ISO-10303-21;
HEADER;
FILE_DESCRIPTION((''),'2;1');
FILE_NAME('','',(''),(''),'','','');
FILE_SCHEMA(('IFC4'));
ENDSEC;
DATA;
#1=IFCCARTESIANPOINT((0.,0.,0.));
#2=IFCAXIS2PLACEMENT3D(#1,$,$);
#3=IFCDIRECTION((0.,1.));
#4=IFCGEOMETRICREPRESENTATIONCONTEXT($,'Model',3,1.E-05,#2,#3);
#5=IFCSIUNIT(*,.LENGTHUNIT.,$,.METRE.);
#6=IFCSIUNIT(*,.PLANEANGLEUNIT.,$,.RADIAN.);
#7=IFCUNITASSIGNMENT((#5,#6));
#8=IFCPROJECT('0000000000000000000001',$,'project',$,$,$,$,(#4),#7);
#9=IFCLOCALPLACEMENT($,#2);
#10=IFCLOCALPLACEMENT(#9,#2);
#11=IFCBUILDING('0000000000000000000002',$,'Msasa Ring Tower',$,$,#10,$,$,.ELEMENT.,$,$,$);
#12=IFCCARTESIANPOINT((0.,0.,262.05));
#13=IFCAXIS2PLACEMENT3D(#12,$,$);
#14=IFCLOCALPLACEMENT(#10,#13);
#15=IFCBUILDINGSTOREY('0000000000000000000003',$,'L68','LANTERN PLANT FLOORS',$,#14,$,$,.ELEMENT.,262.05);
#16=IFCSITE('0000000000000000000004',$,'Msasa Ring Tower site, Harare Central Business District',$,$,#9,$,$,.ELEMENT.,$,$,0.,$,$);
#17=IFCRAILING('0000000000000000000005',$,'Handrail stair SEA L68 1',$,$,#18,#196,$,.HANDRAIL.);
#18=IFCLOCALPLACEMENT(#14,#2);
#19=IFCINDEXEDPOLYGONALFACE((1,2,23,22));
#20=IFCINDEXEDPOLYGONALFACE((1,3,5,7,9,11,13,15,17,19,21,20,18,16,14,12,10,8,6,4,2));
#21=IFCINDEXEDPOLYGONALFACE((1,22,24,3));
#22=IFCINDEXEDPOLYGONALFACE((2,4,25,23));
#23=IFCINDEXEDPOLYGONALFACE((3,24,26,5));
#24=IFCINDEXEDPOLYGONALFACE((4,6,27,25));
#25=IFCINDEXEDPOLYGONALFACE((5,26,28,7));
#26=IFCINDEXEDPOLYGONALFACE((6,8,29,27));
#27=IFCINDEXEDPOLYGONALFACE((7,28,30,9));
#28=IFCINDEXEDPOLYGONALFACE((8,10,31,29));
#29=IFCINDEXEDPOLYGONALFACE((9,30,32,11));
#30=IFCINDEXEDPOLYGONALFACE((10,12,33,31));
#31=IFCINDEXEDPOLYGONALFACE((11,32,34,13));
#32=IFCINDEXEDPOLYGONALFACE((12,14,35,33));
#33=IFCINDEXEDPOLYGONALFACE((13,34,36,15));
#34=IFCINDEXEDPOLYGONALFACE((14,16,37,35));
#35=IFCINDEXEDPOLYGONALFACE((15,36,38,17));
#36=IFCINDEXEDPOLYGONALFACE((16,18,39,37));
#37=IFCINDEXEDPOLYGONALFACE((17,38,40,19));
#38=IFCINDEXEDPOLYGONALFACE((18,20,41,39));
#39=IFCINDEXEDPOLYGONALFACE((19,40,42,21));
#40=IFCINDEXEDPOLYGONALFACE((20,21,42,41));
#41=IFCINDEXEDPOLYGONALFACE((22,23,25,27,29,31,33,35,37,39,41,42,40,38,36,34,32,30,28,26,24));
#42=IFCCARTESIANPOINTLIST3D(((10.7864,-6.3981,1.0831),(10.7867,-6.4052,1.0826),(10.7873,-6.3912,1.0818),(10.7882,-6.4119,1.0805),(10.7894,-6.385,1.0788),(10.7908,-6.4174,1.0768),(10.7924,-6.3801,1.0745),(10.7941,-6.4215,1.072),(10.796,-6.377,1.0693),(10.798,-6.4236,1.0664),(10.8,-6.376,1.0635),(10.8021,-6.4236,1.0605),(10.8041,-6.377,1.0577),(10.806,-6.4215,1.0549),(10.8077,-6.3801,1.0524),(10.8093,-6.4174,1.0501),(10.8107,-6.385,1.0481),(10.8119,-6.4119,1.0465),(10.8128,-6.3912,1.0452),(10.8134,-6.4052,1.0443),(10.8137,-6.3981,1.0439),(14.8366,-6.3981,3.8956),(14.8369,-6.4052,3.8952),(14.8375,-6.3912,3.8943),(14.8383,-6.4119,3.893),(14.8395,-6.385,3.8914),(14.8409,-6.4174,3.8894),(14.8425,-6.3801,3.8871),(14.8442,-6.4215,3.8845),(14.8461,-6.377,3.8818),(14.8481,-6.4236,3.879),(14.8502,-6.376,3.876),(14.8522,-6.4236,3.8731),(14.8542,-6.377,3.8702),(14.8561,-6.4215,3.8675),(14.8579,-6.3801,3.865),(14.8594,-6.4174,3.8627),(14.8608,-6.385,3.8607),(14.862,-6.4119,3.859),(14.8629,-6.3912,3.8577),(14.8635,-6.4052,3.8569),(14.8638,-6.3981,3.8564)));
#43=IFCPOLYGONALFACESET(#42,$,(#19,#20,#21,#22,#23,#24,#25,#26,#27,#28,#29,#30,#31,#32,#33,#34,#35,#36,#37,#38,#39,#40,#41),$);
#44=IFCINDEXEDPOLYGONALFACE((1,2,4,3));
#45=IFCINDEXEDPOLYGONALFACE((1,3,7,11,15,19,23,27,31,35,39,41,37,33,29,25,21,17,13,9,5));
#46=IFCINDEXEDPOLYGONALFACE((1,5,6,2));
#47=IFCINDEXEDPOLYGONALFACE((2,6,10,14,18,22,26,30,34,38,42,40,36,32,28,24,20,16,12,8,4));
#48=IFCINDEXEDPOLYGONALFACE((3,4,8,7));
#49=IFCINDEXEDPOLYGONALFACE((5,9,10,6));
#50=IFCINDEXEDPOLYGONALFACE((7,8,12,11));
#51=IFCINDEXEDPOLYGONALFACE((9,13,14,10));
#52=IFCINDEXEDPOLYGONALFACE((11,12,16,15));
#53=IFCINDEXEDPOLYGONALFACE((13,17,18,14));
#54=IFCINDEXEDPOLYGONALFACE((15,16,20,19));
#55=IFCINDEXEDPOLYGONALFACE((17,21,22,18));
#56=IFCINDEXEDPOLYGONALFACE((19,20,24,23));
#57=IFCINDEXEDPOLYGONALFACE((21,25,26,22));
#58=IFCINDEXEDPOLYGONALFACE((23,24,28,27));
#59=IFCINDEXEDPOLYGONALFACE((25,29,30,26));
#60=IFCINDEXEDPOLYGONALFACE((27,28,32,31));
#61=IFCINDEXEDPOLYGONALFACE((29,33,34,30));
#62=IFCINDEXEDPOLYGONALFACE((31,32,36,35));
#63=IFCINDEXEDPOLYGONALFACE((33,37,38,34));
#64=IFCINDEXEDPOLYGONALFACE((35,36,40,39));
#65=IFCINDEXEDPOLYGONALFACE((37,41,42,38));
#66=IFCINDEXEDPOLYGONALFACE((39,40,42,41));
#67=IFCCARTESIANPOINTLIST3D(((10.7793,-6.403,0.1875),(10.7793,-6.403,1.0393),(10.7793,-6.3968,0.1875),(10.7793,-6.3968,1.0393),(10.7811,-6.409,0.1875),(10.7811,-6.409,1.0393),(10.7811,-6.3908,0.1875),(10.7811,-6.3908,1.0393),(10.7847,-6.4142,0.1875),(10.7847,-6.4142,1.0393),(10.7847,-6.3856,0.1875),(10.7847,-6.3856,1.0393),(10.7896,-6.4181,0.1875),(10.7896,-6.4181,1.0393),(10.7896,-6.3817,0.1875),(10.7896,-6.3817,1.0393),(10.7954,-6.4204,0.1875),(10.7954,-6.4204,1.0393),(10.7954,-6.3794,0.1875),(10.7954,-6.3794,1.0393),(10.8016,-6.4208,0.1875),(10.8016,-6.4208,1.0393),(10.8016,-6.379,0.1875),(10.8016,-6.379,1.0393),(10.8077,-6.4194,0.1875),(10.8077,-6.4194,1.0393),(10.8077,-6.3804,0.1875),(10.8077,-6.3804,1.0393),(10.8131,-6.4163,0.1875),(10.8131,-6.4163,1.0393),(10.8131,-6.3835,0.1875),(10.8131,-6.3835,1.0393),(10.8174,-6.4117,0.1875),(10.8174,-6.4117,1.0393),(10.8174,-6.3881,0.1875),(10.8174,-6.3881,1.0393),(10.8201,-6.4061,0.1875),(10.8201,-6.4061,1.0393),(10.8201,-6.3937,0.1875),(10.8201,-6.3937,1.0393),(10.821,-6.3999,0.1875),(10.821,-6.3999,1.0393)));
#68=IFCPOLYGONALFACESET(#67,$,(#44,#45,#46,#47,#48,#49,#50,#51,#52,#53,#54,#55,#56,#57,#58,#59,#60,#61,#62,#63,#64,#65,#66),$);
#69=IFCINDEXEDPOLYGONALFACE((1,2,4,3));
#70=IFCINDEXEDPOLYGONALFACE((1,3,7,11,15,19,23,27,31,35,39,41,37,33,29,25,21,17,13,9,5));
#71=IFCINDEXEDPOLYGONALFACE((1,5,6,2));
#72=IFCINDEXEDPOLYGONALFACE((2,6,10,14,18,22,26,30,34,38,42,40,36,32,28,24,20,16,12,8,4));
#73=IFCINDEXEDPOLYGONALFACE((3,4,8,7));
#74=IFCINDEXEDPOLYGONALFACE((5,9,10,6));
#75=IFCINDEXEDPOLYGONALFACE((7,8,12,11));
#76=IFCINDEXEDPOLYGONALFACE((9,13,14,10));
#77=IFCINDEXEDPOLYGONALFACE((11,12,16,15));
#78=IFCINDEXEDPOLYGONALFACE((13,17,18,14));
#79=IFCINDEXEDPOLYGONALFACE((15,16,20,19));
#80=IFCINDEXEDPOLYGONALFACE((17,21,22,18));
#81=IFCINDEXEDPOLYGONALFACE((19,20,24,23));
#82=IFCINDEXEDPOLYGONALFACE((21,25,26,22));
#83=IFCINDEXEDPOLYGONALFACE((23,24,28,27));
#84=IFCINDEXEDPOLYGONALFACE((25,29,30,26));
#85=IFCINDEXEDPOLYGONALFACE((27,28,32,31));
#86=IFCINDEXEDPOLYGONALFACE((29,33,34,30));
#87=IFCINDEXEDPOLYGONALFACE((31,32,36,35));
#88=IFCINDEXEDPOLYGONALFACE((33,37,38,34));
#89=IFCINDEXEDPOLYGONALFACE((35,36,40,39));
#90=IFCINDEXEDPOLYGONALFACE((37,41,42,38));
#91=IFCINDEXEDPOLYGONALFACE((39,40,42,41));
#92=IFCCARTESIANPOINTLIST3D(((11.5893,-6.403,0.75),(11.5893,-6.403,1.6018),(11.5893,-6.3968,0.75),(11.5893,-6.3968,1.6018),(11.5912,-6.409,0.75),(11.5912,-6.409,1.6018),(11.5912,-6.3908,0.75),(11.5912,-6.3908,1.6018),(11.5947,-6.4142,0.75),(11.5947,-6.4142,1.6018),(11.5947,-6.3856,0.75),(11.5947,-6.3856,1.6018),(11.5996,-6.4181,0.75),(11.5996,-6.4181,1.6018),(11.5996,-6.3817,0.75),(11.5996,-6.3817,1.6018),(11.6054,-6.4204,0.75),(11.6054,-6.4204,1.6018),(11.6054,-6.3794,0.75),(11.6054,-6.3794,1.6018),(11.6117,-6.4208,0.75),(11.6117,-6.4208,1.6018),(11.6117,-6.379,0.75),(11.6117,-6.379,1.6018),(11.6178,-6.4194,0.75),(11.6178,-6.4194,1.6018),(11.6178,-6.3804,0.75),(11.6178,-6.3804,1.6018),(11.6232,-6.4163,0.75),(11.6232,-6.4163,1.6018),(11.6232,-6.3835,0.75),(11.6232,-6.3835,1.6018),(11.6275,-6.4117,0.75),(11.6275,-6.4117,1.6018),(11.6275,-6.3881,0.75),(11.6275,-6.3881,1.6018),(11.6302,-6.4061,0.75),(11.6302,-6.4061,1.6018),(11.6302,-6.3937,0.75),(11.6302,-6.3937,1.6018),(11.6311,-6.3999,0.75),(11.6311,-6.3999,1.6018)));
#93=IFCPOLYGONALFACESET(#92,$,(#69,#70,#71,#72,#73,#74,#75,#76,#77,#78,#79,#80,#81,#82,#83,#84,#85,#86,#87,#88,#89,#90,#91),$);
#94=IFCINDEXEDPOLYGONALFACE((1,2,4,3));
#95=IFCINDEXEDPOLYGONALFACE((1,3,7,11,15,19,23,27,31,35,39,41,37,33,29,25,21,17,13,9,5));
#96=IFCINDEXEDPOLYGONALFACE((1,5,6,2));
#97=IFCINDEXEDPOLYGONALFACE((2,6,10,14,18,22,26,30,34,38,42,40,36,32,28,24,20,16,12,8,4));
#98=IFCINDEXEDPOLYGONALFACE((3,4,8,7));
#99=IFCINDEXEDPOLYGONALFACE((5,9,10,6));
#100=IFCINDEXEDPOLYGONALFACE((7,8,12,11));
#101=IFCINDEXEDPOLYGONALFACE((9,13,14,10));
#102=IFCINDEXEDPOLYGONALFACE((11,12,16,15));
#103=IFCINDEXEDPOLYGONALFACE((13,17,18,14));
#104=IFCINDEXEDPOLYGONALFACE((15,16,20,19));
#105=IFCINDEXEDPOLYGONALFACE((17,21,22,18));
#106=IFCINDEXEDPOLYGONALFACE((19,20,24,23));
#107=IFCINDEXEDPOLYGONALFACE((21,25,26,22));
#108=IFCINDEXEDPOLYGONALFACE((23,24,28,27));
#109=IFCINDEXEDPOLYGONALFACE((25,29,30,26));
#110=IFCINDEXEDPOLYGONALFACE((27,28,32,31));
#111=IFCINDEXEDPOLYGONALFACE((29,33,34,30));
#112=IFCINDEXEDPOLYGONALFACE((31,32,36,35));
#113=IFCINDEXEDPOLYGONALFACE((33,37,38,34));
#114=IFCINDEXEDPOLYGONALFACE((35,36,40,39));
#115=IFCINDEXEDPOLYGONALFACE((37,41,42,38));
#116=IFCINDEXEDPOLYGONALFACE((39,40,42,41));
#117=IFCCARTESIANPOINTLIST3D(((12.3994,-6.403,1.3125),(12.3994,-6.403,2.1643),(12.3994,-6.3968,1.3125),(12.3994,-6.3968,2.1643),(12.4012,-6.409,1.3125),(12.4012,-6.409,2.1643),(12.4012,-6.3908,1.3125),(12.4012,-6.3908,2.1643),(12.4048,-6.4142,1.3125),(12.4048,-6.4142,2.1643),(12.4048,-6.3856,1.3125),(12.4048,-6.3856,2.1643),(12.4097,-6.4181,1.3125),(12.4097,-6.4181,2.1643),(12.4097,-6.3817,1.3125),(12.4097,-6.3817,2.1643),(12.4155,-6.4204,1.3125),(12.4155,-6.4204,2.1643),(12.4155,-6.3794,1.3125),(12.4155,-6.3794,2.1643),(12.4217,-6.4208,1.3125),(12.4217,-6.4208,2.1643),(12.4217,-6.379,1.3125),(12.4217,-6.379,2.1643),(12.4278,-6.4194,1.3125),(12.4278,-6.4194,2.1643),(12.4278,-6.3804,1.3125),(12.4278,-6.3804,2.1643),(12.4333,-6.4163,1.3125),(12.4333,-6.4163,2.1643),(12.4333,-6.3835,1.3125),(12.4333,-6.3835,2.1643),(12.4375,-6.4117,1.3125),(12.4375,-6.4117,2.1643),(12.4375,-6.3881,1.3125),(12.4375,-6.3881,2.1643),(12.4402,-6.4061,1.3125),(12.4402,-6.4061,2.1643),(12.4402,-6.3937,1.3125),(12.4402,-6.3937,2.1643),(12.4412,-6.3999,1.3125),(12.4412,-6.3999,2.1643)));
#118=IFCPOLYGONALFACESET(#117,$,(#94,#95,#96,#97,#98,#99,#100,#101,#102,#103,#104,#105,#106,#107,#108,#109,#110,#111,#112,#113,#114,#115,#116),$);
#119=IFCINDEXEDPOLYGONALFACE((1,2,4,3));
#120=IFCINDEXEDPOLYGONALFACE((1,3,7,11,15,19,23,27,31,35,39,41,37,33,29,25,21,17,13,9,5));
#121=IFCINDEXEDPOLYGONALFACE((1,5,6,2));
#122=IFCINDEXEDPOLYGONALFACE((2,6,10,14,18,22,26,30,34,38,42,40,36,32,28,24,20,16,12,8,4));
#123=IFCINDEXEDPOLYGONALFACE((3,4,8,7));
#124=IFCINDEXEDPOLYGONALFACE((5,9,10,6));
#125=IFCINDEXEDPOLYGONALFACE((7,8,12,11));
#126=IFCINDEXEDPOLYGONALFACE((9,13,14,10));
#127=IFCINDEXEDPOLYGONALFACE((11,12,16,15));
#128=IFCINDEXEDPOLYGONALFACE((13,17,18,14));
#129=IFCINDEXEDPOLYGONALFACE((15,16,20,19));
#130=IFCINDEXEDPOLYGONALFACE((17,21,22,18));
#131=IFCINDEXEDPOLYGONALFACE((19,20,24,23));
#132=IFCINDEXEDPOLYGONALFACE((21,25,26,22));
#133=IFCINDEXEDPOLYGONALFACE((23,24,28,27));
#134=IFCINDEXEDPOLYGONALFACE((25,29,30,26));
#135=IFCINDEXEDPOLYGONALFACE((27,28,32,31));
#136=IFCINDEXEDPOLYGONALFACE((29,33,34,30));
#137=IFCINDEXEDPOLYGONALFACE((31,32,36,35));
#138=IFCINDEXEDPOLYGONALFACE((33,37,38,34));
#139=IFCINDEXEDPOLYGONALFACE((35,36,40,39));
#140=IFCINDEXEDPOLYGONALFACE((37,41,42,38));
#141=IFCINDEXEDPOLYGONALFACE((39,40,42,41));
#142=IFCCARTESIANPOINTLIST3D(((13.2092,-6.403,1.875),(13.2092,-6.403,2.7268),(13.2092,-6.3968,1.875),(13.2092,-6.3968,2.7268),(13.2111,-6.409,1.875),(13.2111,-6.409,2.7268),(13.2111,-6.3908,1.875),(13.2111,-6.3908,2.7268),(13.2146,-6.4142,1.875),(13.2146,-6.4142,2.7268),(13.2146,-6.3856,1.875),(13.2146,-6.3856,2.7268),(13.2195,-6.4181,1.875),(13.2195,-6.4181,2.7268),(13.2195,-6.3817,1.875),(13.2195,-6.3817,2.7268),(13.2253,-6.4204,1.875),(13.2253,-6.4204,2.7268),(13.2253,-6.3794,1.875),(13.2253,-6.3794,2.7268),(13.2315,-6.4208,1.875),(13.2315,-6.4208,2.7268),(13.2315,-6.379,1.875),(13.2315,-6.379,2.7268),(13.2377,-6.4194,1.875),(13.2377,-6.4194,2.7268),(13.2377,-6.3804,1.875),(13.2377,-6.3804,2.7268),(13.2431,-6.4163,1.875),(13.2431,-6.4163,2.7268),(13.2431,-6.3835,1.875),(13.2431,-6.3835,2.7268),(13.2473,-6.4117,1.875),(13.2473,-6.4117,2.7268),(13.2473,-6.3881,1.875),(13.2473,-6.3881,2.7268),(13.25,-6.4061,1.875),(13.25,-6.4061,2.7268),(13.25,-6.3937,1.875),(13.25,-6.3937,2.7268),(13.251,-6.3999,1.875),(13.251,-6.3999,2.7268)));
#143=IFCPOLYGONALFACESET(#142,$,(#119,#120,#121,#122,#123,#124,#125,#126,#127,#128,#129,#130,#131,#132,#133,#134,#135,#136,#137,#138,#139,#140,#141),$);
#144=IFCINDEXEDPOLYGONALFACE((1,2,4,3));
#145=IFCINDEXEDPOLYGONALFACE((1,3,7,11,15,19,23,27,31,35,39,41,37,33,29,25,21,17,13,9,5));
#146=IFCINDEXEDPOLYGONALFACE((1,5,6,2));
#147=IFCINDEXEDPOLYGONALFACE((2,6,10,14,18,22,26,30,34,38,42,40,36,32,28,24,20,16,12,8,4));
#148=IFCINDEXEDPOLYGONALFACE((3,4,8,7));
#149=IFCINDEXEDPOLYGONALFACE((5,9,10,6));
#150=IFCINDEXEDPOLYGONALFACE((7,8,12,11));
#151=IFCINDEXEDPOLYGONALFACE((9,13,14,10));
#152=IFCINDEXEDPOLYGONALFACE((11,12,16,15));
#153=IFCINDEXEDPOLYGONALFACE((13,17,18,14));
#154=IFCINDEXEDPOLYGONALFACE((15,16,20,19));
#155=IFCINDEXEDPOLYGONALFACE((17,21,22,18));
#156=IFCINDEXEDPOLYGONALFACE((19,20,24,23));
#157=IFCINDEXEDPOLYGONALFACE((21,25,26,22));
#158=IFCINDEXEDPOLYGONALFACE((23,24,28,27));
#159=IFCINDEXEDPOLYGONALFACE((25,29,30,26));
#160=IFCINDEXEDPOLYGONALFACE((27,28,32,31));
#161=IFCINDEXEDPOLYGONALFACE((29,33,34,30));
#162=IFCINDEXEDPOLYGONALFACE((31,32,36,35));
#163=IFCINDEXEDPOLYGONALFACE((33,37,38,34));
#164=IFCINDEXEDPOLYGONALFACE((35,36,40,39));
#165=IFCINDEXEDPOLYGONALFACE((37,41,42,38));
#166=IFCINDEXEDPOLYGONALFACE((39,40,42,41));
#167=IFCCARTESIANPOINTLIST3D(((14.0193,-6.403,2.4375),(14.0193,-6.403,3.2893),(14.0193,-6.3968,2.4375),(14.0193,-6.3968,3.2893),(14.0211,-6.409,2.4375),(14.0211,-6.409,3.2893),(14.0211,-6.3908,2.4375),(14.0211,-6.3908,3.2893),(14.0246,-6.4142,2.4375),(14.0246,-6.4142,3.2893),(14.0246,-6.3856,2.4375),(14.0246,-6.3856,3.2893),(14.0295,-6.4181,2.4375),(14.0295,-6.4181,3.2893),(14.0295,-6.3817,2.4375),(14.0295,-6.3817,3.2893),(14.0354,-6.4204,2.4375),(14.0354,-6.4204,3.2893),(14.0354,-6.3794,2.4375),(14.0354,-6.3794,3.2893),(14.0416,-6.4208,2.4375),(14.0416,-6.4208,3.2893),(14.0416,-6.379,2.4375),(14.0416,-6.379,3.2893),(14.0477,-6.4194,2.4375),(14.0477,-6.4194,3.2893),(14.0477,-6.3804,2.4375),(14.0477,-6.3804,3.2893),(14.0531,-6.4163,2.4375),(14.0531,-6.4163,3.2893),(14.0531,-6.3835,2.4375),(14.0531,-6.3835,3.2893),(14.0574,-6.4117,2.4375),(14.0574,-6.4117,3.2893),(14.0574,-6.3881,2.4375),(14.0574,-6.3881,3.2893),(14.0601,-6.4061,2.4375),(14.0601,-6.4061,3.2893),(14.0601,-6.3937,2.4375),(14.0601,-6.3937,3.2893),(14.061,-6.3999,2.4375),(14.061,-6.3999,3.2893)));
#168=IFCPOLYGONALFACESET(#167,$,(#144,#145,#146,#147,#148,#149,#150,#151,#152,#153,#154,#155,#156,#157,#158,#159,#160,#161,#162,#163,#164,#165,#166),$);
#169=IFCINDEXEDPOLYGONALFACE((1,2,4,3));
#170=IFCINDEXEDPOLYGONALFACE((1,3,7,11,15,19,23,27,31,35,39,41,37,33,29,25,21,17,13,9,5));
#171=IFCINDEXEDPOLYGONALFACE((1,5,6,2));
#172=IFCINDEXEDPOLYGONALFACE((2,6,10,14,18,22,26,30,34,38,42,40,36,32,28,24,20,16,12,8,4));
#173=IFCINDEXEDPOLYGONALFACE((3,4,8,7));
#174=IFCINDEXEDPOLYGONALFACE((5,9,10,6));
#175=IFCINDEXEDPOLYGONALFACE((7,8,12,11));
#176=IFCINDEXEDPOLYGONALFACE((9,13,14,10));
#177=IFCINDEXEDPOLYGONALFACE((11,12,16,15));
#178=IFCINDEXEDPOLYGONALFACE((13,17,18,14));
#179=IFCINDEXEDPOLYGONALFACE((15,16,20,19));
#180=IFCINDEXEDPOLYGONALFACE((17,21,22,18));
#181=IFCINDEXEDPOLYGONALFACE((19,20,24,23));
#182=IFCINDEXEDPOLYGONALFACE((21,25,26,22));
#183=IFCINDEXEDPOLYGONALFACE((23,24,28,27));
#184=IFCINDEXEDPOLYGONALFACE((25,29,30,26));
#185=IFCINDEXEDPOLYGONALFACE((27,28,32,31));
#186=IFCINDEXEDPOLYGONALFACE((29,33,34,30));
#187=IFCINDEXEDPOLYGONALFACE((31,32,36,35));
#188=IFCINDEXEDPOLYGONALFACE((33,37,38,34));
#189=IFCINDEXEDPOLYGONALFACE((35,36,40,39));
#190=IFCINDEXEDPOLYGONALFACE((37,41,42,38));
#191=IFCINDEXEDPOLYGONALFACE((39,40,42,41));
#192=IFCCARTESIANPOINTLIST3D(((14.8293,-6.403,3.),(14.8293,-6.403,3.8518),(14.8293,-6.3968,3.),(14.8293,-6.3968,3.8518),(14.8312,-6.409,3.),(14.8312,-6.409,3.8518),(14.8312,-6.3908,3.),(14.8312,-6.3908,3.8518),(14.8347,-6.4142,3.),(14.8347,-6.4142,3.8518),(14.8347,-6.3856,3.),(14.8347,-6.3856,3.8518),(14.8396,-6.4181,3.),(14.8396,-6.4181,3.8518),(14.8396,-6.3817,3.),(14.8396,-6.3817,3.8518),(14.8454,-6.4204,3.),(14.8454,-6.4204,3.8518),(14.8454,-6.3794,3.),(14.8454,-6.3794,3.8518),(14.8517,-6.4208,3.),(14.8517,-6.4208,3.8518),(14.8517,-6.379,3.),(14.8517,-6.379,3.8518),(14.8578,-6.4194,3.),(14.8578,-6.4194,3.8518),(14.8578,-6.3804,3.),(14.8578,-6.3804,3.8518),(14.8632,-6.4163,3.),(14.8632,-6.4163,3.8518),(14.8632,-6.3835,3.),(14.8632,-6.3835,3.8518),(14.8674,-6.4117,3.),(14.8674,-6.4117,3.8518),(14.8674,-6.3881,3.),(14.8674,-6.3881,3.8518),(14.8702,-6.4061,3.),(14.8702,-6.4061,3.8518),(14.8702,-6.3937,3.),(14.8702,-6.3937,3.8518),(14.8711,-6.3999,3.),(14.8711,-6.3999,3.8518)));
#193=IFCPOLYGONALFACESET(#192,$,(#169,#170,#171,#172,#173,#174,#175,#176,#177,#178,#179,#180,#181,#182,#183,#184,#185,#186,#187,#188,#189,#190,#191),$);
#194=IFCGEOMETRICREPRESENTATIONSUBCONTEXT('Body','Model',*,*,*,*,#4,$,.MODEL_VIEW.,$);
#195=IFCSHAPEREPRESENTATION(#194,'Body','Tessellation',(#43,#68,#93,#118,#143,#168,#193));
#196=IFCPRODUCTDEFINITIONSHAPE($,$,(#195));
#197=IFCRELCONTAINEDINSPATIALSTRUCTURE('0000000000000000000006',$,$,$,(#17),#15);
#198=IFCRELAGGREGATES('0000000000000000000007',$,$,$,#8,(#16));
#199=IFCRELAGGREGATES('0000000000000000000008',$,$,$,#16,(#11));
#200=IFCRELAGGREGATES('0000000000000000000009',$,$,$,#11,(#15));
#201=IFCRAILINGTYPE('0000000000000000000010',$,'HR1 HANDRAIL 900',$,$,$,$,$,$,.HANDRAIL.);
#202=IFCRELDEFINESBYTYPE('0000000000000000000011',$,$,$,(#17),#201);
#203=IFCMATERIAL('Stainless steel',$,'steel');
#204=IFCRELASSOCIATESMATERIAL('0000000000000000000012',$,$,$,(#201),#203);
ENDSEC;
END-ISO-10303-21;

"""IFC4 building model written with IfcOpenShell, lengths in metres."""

from ifc_helpers import new_model, si_unit, direction, frame, origin, origin_2d, place, context, subcontext, project, spatial, circle, extrude, material, type_object, element, save


model = new_model("IFC4")

# Units and contexts
model_context = context("Model", 3, precision=1e-05, world=origin(), true_north=direction((0.0, 1.0)))
body_context = subcontext(model_context, "Body", "Model", "MODEL_VIEW")
ifc_project = project(units=[si_unit("LENGTHUNIT", "METRE"), si_unit("PLANEANGLEUNIT", "RADIAN")], contexts=[model_context])

# Site, building, storey
site_placement = place(None, origin())
site = spatial("IfcSite", under=ifc_project, at=site_placement, Name="Msasa Ring Tower site, Harare Central Business District", CompositionType="ELEMENT", RefElevation=0.0)
building_placement = place(site_placement, origin())
building = spatial("IfcBuilding", under=site, at=building_placement, Name="Msasa Ring Tower", CompositionType="ELEMENT")
storey_placement = place(building_placement, frame((0.0, 0.0, 262.05)))
storey = spatial("IfcBuildingStorey", under=building, at=storey_placement, Name="L68", Description="LANTERN PLANT FLOORS", CompositionType="ELEMENT", Elevation=262.05)

# Railing
ifc_material_1 = material(Name="Stainless steel", Category="steel")
railing_type = type_object("IfcRailingType", Name="HR1 HANDRAIL 900", PredefinedType="HANDRAIL", material=ifc_material_1)
for number, where, name in (
    (1, (10.8, -6.3999, 0.1875), "Handrail stair SEA L68 1"),
):
    element("IfcRailing", number, at=place(storey_placement, frame(where)), inside=storey, type_object=railing_type, Name=name, PredefinedType="HANDRAIL", context=body_context, shape_type="SweptSolid", body=[
        extrude(circle(Radius=0.0239, at=origin_2d()), frame((0.0, 0.0, 0.876), z_axis=(0.821373, 0.0, 0.570391), x_axis=(0.0, 1.0, 0.0)), (0.0, 0.0, 1.0), 4.9309),
        extrude(circle(Radius=0.021, at=origin_2d()), origin(), (0.0, 0.0, 1.0), 0.8518),
        extrude(circle(Radius=0.021, at=origin_2d()), frame((0.8101, 0.0, 0.5625)), (0.0, 0.0, 1.0), 0.8518),
        extrude(circle(Radius=0.021, at=origin_2d()), frame((1.6201, 0.0, 1.125)), (0.0, 0.0, 1.0), 0.8518),
        extrude(circle(Radius=0.021, at=origin_2d()), frame((2.4299, 0.0, 1.6875)), (0.0, 0.0, 1.0), 0.8518),
        extrude(circle(Radius=0.021, at=origin_2d()), frame((3.24, 0.0, 2.25)), (0.0, 0.0, 1.0), 0.8518),
        extrude(circle(Radius=0.021, at=origin_2d()), frame((4.05, 0.0, 2.8125)), (0.0, 0.0, 1.0), 0.8518),
    ])

save(model, "model.ifc")
